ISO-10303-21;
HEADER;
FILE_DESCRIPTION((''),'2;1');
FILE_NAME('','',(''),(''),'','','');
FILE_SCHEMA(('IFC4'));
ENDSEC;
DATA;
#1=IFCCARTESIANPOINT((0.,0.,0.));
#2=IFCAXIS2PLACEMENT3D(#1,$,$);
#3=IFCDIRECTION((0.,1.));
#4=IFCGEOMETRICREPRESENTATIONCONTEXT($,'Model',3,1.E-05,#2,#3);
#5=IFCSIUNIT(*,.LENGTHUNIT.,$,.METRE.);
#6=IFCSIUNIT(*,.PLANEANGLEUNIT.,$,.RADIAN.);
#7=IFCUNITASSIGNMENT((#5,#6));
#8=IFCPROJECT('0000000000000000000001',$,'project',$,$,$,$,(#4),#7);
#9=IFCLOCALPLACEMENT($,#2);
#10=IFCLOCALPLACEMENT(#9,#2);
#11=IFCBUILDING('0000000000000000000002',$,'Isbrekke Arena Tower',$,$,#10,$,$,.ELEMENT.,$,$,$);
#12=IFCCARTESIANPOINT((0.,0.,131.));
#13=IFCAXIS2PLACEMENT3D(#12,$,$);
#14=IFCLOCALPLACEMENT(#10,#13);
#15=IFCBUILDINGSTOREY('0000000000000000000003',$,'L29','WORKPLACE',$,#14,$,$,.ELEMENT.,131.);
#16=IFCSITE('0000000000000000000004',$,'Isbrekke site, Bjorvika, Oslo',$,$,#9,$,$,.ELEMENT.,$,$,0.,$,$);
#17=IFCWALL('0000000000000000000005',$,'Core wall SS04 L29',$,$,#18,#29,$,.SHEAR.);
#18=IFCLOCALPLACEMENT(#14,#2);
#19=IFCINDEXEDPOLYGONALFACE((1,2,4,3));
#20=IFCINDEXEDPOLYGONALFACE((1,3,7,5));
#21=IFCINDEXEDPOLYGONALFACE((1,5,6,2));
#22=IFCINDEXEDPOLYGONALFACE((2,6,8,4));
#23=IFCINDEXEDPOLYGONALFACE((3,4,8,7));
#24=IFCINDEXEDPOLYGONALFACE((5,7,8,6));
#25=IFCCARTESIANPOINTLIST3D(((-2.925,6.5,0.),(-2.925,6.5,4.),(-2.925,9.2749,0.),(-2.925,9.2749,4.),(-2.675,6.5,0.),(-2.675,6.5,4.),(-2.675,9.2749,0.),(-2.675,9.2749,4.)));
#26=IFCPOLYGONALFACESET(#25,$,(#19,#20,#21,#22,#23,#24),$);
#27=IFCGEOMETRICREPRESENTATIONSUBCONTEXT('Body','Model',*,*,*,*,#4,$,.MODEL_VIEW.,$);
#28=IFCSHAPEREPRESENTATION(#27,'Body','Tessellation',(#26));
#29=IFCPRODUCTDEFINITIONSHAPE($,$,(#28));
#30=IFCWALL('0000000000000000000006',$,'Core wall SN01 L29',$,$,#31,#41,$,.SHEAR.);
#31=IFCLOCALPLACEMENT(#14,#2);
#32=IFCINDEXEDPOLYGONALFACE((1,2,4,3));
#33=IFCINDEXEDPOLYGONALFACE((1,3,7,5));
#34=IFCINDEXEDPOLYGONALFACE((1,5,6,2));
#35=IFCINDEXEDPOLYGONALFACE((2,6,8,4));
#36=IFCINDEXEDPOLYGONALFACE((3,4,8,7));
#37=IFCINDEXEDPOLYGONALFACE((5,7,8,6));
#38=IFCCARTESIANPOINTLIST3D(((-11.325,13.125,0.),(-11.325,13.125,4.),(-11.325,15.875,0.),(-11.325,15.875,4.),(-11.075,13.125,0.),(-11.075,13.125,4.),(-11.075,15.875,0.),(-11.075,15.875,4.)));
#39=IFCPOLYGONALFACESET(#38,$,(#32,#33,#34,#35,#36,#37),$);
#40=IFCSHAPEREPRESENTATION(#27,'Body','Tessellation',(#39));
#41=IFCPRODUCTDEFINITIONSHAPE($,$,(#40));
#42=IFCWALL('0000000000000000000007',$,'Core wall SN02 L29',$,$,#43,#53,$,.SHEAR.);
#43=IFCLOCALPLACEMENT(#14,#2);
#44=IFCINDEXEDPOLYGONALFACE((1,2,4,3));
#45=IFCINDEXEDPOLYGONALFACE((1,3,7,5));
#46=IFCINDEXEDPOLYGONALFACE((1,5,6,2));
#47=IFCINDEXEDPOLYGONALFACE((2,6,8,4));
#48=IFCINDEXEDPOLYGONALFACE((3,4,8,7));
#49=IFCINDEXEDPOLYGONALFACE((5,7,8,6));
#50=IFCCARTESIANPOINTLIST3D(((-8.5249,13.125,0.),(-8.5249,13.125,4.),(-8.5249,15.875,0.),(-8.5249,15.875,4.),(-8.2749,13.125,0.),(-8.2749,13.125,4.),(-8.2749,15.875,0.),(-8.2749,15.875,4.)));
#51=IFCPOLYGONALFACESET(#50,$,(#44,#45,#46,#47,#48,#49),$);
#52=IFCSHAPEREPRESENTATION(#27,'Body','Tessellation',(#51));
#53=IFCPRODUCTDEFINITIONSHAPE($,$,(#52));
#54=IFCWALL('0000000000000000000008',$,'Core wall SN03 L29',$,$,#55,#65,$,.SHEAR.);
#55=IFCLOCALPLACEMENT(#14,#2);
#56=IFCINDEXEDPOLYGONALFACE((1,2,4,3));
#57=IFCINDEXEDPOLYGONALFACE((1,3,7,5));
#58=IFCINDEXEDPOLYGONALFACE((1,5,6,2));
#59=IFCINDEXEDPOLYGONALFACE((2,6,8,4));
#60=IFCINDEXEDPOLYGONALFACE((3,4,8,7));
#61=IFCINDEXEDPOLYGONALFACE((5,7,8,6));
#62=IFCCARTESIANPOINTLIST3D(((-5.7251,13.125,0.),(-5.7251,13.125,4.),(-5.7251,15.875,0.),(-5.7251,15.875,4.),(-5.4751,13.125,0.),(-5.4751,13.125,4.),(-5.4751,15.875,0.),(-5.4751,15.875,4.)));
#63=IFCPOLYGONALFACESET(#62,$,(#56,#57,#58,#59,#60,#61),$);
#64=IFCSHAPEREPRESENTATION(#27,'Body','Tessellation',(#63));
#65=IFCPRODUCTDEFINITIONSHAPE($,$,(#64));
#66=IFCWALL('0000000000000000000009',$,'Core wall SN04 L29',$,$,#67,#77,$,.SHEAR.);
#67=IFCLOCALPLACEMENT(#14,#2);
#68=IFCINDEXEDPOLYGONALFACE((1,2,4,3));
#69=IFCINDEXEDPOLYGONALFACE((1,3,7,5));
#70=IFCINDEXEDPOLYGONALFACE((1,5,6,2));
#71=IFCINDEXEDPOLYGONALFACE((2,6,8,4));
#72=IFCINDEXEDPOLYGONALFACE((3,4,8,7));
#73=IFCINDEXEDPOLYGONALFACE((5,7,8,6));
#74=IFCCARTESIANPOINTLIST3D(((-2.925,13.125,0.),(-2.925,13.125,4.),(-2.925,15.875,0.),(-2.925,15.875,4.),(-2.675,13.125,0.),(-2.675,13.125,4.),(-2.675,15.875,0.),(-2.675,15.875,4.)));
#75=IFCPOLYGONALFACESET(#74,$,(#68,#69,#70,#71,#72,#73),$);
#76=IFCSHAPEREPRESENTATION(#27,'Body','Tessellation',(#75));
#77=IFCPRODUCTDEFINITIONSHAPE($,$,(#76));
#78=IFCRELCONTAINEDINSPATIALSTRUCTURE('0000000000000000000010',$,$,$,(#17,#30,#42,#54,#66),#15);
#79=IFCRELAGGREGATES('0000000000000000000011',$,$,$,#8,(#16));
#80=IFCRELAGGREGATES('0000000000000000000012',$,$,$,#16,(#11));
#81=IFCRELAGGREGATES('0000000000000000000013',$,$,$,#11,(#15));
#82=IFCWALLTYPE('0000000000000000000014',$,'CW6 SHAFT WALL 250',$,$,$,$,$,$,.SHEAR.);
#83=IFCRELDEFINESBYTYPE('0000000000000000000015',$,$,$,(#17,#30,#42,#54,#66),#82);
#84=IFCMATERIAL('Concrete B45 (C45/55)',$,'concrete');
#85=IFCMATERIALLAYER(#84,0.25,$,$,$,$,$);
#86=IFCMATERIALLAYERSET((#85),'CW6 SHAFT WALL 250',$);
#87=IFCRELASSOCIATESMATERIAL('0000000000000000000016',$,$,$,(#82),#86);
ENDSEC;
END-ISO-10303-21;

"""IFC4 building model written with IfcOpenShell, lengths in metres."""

from ifc_helpers import new_model, si_unit, direction, frame, frame_2d, origin, place, context, subcontext, project, spatial, rectangle, extrude, material, layer, layer_set, type_object, element, save


model = new_model("IFC4")

# Units and contexts
model_context = context("Model", 3, precision=1e-05, world=origin(), true_north=direction((0.0, 1.0)))
body_context = subcontext(model_context, "Body", "Model", "MODEL_VIEW")
ifc_project = project(units=[si_unit("LENGTHUNIT", "METRE"), si_unit("PLANEANGLEUNIT", "RADIAN")], contexts=[model_context])

# Site, building, storey
site_placement = place(None, origin())
site = spatial("IfcSite", under=ifc_project, at=site_placement, Name="Isbrekke site, Bjorvika, Oslo", CompositionType="ELEMENT", RefElevation=0.0)
building_placement = place(site_placement, origin())
building = spatial("IfcBuilding", under=site, at=building_placement, Name="Isbrekke Arena Tower", CompositionType="ELEMENT")
storey_placement = place(building_placement, frame((0.0, 0.0, 131.0)))
storey = spatial("IfcBuildingStorey", under=building, at=storey_placement, Name="L29", Description="WORKPLACE", CompositionType="ELEMENT", Elevation=131.0)

# Shared definitions
ifc_material_1 = material(Name="Concrete B45 (C45/55)", Category="concrete")
ifc_layer_1 = layer(ifc_material_1, 0.25)
ifc_layer_set_1 = layer_set([ifc_layer_1], Name="CW6 SHAFT WALL 250")
wall_type_1 = type_object("IfcWallType", Name="CW6 SHAFT WALL 250", PredefinedType="SHEAR", material=ifc_layer_set_1)

# Walls
for number, where, z_axis, x_axis, name in (
    (1, (-2.8, 6.5, 0.0), (0.0, 0.0, 1.0), (0.0, 1.0, 0.0), "Core wall SS04 L29"),
):
    element("IfcWall", number, at=place(storey_placement, frame(where, z_axis=z_axis, x_axis=x_axis)), inside=storey, type_object=wall_type_1, Name=name, PredefinedType="SHEAR", context=body_context, shape_type="SweptSolid", body=[
        extrude(rectangle(XDim=2.7749, YDim=0.25, at=frame_2d((1.3875, 0.0))), origin(), (0.0, 0.0, 1.0), 4.0),
    ])
for number, where, z_axis, x_axis, name in (
    (2, (-11.2, 13.125, 0.0), (0.0, 0.0, 1.0), (0.0, 1.0, 0.0), "Core wall SN01 L29"),
    (3, (-8.3999, 13.125, 0.0), (0.0, 0.0, 1.0), (0.0, 1.0, 0.0), "Core wall SN02 L29"),
    (4, (-5.6001, 13.125, 0.0), (0.0, 0.0, 1.0), (0.0, 1.0, 0.0), "Core wall SN03 L29"),
    (5, (-2.8, 13.125, 0.0), (0.0, 0.0, 1.0), (0.0, 1.0, 0.0), "Core wall SN04 L29"),
):
    element("IfcWall", number, at=place(storey_placement, frame(where, z_axis=z_axis, x_axis=x_axis)), inside=storey, type_object=wall_type_1, Name=name, PredefinedType="SHEAR", context=body_context, shape_type="SweptSolid", body=[
        extrude(rectangle(XDim=2.75, YDim=0.25, at=frame_2d((1.375, 0.0))), origin(), (0.0, 0.0, 1.0), 4.0),
    ])

save(model, "model.ifc")
